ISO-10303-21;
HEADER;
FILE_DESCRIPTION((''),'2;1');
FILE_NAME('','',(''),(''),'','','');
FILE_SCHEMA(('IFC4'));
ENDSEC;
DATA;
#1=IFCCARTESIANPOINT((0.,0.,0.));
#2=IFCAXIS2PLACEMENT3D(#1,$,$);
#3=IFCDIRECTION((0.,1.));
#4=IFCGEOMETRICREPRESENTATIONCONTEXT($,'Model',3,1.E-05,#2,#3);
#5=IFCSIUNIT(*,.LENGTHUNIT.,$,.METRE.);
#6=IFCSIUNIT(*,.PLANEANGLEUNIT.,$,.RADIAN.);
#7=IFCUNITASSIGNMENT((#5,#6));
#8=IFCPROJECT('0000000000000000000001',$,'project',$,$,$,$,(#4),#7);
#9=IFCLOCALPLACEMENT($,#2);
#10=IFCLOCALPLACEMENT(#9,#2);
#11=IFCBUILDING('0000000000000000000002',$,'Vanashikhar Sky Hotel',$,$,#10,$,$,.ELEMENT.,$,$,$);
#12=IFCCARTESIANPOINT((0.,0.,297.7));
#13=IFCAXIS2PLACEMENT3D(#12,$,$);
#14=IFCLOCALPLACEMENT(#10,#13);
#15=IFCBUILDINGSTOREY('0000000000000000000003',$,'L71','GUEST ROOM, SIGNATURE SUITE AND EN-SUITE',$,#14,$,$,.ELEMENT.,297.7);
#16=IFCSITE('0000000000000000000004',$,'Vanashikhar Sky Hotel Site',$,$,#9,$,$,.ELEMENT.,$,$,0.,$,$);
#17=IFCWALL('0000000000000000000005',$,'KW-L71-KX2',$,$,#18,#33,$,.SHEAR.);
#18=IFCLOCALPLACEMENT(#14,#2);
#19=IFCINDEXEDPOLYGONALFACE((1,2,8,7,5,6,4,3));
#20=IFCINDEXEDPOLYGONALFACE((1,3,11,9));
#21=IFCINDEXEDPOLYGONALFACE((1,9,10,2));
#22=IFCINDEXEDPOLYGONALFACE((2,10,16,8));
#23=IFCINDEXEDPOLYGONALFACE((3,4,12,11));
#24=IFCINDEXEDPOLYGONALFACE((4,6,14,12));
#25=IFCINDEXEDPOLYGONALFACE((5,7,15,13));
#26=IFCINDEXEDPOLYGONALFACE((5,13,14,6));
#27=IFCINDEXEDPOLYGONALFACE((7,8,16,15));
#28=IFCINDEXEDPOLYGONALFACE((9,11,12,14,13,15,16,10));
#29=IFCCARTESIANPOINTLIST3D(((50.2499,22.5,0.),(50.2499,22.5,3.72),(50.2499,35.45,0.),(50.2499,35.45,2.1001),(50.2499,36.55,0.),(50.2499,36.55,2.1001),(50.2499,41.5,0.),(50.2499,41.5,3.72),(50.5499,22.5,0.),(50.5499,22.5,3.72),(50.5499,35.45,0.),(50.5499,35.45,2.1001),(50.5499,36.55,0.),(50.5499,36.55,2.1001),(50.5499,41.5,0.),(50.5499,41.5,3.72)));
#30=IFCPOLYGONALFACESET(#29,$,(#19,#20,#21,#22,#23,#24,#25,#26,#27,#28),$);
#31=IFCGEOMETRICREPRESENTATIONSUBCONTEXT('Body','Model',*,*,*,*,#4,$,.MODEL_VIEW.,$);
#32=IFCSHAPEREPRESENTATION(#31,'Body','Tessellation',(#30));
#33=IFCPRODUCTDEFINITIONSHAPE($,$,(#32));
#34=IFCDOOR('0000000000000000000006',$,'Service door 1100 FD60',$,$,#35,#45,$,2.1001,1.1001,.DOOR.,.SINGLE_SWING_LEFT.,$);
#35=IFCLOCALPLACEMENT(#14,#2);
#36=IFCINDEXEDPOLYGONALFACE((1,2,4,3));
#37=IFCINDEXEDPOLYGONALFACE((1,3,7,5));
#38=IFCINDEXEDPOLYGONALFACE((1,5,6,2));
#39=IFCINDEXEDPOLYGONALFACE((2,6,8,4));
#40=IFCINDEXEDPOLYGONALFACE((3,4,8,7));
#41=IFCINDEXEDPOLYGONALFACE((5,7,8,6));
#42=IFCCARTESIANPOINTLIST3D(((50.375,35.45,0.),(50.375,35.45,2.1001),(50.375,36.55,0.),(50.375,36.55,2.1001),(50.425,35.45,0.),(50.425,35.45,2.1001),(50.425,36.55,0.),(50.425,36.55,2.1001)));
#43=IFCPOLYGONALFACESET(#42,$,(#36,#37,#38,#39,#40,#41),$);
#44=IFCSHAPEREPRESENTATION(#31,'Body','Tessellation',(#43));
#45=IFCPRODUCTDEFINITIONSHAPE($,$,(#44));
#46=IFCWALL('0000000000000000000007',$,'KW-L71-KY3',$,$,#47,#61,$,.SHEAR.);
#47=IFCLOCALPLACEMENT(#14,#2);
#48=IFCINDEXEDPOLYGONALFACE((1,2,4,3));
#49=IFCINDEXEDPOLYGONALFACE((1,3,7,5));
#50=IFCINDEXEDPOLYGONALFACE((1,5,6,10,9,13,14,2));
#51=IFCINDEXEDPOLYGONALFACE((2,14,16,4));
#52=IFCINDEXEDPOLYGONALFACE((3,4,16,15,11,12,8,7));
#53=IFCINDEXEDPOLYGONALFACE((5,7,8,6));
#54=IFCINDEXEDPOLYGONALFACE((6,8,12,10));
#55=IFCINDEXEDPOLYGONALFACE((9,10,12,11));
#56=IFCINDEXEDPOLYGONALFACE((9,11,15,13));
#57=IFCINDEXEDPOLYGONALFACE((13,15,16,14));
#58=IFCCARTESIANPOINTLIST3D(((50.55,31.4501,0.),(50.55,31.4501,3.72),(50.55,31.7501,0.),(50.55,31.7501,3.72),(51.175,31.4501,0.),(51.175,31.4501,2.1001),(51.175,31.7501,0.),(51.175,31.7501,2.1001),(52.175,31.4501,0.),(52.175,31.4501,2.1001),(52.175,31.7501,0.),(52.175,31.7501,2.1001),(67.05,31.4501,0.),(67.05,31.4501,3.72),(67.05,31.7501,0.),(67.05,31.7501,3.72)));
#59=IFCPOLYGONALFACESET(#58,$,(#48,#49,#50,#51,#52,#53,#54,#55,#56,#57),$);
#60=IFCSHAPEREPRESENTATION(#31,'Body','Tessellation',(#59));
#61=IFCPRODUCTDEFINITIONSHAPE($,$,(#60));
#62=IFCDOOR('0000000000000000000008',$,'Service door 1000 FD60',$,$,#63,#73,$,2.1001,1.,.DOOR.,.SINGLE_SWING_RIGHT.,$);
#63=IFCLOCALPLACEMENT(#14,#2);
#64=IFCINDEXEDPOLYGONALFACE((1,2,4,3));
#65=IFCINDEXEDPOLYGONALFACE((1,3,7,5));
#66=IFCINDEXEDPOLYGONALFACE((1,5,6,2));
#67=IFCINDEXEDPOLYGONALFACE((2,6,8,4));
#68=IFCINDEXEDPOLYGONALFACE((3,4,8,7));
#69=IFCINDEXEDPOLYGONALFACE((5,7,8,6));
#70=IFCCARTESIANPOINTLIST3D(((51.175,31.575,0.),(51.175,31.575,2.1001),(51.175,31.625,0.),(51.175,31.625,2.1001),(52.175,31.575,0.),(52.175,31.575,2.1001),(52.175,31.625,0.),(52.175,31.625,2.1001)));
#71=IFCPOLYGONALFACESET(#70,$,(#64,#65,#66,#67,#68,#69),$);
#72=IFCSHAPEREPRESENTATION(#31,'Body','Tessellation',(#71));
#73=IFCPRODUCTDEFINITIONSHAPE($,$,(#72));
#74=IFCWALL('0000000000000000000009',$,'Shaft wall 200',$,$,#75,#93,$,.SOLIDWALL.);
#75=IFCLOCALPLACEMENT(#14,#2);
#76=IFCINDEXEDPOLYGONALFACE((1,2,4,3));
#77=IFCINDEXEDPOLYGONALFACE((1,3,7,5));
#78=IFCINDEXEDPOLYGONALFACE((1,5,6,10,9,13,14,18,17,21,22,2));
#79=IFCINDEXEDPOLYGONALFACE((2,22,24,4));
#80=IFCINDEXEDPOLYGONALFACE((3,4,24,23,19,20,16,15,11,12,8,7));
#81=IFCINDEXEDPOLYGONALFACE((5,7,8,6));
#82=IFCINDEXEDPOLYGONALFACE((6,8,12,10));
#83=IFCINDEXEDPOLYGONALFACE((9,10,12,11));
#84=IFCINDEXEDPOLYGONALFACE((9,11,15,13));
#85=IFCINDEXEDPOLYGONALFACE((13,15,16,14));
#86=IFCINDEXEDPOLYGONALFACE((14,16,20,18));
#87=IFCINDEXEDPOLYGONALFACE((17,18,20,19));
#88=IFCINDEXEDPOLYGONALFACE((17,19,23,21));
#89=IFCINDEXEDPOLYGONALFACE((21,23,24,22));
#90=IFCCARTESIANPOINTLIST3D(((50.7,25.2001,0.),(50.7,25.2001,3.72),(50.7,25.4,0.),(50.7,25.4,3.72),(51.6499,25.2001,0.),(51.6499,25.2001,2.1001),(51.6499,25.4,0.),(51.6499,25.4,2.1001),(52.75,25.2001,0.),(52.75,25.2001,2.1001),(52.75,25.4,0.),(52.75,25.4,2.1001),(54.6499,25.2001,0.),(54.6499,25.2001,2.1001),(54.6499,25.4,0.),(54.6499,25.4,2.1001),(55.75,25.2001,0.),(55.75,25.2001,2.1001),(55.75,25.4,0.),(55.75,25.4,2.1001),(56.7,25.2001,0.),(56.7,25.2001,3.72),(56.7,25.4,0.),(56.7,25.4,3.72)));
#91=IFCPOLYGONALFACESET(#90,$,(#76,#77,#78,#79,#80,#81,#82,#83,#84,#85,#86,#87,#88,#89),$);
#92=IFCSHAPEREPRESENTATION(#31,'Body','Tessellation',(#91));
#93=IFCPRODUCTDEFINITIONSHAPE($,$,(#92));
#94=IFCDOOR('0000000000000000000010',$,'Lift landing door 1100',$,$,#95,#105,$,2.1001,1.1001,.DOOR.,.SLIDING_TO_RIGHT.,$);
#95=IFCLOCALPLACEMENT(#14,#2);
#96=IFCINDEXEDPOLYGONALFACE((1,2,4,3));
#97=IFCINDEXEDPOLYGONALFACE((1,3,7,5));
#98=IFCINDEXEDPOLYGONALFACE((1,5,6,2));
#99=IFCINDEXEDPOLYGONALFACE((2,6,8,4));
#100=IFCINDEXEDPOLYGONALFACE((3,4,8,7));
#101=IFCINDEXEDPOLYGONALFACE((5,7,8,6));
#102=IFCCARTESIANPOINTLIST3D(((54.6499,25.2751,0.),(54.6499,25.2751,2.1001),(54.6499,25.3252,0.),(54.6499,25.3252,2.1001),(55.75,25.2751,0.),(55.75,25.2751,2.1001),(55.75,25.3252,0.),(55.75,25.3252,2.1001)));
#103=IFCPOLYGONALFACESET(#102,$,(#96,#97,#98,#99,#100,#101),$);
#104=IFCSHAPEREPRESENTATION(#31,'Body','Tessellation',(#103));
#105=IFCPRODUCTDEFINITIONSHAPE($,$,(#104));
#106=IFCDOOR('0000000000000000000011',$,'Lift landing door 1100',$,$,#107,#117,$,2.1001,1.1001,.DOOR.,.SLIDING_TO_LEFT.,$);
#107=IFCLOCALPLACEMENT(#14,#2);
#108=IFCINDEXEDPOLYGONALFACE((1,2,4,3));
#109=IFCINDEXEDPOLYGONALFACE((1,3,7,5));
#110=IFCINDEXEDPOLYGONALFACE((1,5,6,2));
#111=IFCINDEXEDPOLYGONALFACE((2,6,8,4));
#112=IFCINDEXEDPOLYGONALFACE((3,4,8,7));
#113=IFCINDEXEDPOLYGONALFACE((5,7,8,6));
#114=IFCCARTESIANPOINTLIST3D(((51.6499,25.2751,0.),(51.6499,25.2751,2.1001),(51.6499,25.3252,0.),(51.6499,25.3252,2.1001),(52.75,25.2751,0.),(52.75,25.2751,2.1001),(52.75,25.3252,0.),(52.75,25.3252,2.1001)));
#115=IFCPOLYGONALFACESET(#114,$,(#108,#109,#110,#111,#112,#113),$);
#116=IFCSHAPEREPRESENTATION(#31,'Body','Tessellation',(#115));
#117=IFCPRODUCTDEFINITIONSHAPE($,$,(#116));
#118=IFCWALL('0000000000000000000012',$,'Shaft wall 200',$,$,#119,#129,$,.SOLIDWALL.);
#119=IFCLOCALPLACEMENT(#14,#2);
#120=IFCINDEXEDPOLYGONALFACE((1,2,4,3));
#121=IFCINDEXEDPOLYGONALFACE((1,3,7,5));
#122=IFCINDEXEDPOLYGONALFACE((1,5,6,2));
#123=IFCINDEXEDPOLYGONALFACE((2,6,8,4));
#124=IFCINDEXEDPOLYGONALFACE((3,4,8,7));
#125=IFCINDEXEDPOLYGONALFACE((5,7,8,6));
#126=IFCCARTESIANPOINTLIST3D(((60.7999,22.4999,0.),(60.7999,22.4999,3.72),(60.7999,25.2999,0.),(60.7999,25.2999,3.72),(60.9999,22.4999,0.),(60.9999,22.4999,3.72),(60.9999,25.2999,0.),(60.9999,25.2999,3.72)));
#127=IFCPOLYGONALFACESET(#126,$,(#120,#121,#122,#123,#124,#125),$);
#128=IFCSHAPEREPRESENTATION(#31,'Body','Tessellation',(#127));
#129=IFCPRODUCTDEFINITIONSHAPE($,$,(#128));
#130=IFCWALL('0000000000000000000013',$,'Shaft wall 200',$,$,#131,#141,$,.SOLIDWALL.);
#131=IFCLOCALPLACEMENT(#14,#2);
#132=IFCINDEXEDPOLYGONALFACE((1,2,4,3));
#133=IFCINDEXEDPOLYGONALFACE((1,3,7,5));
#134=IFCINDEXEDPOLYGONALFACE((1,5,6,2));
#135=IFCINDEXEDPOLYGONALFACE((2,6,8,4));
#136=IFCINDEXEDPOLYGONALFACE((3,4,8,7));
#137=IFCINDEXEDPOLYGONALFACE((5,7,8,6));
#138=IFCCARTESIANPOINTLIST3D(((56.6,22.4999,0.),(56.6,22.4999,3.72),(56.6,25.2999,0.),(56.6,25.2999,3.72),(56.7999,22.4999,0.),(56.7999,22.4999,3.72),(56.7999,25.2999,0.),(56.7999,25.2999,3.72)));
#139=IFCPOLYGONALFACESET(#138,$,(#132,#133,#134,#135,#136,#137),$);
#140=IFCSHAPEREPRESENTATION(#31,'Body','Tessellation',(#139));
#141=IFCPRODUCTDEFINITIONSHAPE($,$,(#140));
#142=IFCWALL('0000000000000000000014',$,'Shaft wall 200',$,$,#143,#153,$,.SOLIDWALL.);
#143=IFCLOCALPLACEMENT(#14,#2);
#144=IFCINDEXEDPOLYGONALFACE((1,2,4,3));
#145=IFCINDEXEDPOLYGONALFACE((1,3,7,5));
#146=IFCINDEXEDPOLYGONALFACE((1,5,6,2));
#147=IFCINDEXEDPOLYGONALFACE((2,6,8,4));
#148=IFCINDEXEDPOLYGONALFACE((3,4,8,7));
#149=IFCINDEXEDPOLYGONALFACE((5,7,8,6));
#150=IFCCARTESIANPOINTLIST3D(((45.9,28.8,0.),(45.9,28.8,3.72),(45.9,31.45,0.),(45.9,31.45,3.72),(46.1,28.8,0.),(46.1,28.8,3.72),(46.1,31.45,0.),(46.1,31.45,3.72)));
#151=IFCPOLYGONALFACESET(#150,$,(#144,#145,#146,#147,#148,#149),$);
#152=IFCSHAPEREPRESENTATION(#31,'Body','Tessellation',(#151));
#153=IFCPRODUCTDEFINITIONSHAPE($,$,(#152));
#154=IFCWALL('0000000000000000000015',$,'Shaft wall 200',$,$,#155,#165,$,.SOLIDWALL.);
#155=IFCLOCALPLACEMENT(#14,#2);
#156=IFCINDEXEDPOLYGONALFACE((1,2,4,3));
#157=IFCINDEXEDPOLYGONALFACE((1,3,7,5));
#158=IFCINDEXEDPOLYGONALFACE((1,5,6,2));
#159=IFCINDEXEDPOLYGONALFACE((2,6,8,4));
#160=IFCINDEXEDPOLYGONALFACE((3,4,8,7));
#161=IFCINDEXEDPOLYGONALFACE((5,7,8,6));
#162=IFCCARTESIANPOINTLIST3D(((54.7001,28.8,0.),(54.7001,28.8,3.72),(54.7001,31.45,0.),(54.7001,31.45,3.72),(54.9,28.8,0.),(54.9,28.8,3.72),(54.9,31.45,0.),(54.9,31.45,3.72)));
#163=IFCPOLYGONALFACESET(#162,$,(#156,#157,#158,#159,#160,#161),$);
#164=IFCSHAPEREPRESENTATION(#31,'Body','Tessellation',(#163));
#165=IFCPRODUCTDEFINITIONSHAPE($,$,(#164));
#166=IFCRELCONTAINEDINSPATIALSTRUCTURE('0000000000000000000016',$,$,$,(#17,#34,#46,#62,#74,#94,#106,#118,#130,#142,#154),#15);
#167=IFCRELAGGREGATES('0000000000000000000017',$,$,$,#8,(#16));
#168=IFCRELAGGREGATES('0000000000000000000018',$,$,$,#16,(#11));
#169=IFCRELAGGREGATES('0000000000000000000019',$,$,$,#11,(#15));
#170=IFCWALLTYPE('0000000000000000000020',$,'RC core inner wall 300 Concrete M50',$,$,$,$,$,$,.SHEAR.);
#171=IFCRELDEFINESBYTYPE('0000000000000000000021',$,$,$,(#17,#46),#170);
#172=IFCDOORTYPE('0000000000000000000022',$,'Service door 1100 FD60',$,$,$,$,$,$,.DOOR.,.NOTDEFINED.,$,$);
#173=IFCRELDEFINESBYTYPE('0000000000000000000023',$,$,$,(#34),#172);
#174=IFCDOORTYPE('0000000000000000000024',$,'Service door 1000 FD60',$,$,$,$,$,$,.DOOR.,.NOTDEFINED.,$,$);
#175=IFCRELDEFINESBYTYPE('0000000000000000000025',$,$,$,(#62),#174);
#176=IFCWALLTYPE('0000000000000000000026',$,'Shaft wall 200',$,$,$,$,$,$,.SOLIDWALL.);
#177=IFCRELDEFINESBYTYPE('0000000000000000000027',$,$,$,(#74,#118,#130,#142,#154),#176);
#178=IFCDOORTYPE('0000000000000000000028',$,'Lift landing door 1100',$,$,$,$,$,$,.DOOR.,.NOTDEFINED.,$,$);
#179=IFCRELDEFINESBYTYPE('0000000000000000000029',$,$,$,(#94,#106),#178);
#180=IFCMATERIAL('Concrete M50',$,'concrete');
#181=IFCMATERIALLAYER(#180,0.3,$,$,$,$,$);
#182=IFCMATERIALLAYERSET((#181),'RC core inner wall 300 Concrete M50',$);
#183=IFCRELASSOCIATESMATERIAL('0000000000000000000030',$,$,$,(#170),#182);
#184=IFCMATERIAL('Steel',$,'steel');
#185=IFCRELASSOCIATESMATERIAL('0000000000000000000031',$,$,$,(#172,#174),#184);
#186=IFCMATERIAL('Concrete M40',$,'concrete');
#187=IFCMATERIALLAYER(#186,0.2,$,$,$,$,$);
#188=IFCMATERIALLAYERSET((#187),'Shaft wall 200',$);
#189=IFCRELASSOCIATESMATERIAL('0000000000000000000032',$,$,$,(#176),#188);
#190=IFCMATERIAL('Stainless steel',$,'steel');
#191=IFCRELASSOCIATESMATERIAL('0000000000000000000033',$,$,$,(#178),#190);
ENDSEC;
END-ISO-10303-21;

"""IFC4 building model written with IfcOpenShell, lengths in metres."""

from ifc_helpers import new_model, si_unit, direction, frame, frame_2d, origin, place, context, subcontext, project, spatial, rectangle, extrude, source, transform, mapped, material, layer, layer_set, type_object, element, fill, save


model = new_model("IFC4")

# Units and contexts
model_context = context("Model", 3, precision=1e-05, world=origin(), true_north=direction((0.0, 1.0)))
body_context = subcontext(model_context, "Body", "Model", "MODEL_VIEW")
ifc_project = project(units=[si_unit("LENGTHUNIT", "METRE"), si_unit("PLANEANGLEUNIT", "RADIAN")], contexts=[model_context])

# Site, building, storey
site_placement = place(None, origin())
site = spatial("IfcSite", under=ifc_project, at=site_placement, Name="Vanashikhar Sky Hotel Site", CompositionType="ELEMENT", RefElevation=0.0)
building_placement = place(site_placement, origin())
building = spatial("IfcBuilding", under=site, at=building_placement, Name="Vanashikhar Sky Hotel", CompositionType="ELEMENT")
storey_placement = place(building_placement, frame((0.0, 0.0, 297.7)))
storey = spatial("IfcBuildingStorey", under=building, at=storey_placement, Name="L71", Description="GUEST ROOM, SIGNATURE SUITE AND EN-SUITE", CompositionType="ELEMENT", Elevation=297.7)

# Walls, openings, doors
ifc_material_1 = material(Name="Concrete M50", Category="concrete")
ifc_layer_1 = layer(ifc_material_1, 0.3)
ifc_layer_set_1 = layer_set([ifc_layer_1], Name="RC core inner wall 300 Concrete M50")
wall_type_1 = type_object("IfcWallType", Name="RC core inner wall 300 Concrete M50", PredefinedType="SHEAR", material=ifc_layer_set_1)
shared_shape_1 = source(origin(), body_context, "Body", "SweptSolid", [
    extrude(rectangle(XDim=19.0, YDim=0.3, at=frame_2d((9.5, 0.0))), origin(), (0.0, 0.0, 1.0), 3.72),
])
wall_1_placement = place(storey_placement, frame((50.3999, 22.5, 0.0), z_axis=(0.0, 0.0, 1.0), x_axis=(0.0, 1.0, 0.0)))
wall_1 = element("IfcWall", 1, at=wall_1_placement, inside=storey, type_object=wall_type_1, Name="KW-L71-KX2", PredefinedType="SHEAR", context=body_context, shape_type="MappedRepresentation", body=[
    mapped(shared_shape_1, transform((0.0, 0.0, 0.0), scale=1.0)),
])
shared_shape_2 = source(origin(), body_context, "Body", "SweptSolid", [
    extrude(rectangle(XDim=1.1001, YDim=2.1001, at=frame_2d((0.55, 1.05))), frame((0.0, 0.1602, 0.0), z_axis=(0.0, -1.0, 0.0), x_axis=(1.0, 0.0, 0.0)), (0.0, 0.0, 1.0), 0.3201),
])
opening_1_placement = place(wall_1_placement, frame((12.95, 0.0, 0.0)))
opening_1 = element("IfcOpeningElement", 2, at=opening_1_placement, cuts=wall_1, PredefinedType="OPENING", context=body_context, shape_type="MappedRepresentation", body=[
    mapped(shared_shape_2, transform((0.0, 0.0, 0.0), scale=1.0)),
])
ifc_material_2 = material(Name="Steel", Category="steel")
door_type_1 = type_object("IfcDoorType", Name="Service door 1100 FD60", OperationType="NOTDEFINED", PredefinedType="DOOR", material=ifc_material_2)
shared_shape_3 = source(origin(), body_context, "Body", "SweptSolid", [
    extrude(rectangle(XDim=1.1001, YDim=2.1001, at=frame_2d((0.55, 1.05))), frame((0.0, 0.0249, 0.0), z_axis=(0.0, -1.0, 0.0), x_axis=(1.0, 0.0, 0.0)), (0.0, 0.0, 1.0), 0.05),
])
door_1_placement = place(opening_1_placement, origin())
door_1 = element("IfcDoor", 3, at=door_1_placement, inside=storey, type_object=door_type_1, Name="Service door 1100 FD60", OperationType="SINGLE_SWING_LEFT", OverallHeight=2.1001, OverallWidth=1.1001, PredefinedType="DOOR", context=body_context, shape_type="MappedRepresentation", body=[
    mapped(shared_shape_3, transform((0.0, 0.0, 0.0), scale=1.0)),
])
fill(opening_1, door_1)
shared_shape_4 = source(origin(), body_context, "Body", "SweptSolid", [
    extrude(rectangle(XDim=16.5, YDim=0.3, at=frame_2d((8.25, 0.0))), origin(), (0.0, 0.0, 1.0), 3.72),
])
wall_2_placement = place(storey_placement, frame((50.55, 31.6001, 0.0), z_axis=(0.0, 0.0, 1.0), x_axis=(1.0, 0.0, 0.0)))
wall_2 = element("IfcWall", 4, at=wall_2_placement, inside=storey, type_object=wall_type_1, Name="KW-L71-KY3", PredefinedType="SHEAR", context=body_context, shape_type="MappedRepresentation", body=[
    mapped(shared_shape_4, transform((0.0, 0.0, 0.0), scale=1.0)),
])
shared_shape_5 = source(origin(), body_context, "Body", "SweptSolid", [
    extrude(rectangle(XDim=1.0, YDim=2.1001, at=frame_2d((0.5, 1.05))), frame((0.0, 0.1602, 0.0), z_axis=(0.0, -1.0, 0.0), x_axis=(1.0, 0.0, 0.0)), (0.0, 0.0, 1.0), 0.3201),
])
opening_2_placement = place(wall_2_placement, frame((0.625, 0.0, 0.0)))
opening_2 = element("IfcOpeningElement", 5, at=opening_2_placement, cuts=wall_2, PredefinedType="OPENING", context=body_context, shape_type="MappedRepresentation", body=[
    mapped(shared_shape_5, transform((0.0, 0.0, 0.0), scale=1.0)),
])
door_type_2 = type_object("IfcDoorType", Name="Service door 1000 FD60", OperationType="NOTDEFINED", PredefinedType="DOOR", material=ifc_material_2)
shared_shape_6 = source(origin(), body_context, "Body", "SweptSolid", [
    extrude(rectangle(XDim=1.0, YDim=2.1001, at=frame_2d((0.5, 1.05))), frame((0.0, 0.0249, 0.0), z_axis=(0.0, -1.0, 0.0), x_axis=(1.0, 0.0, 0.0)), (0.0, 0.0, 1.0), 0.05),
])
door_2_placement = place(opening_2_placement, origin())
door_2 = element("IfcDoor", 6, at=door_2_placement, inside=storey, type_object=door_type_2, Name="Service door 1000 FD60", OperationType="SINGLE_SWING_RIGHT", OverallHeight=2.1001, OverallWidth=1.0, PredefinedType="DOOR", context=body_context, shape_type="MappedRepresentation", body=[
    mapped(shared_shape_6, transform((0.0, 0.0, 0.0), scale=1.0)),
])
fill(opening_2, door_2)

# Wall, openings, doors
ifc_material_3 = material(Name="Concrete M40", Category="concrete")
ifc_layer_2 = layer(ifc_material_3, 0.2)
ifc_layer_set_2 = layer_set([ifc_layer_2], Name="Shaft wall 200")
wall_type_2 = type_object("IfcWallType", Name="Shaft wall 200", PredefinedType="SOLIDWALL", material=ifc_layer_set_2)
shared_shape_7 = source(origin(), body_context, "Body", "SweptSolid", [
    extrude(rectangle(XDim=6.0, YDim=0.2, at=frame_2d((3.0, 0.0))), origin(), (0.0, 0.0, 1.0), 3.72),
])
wall_3_placement = place(storey_placement, frame((56.7, 25.3, 0.0), z_axis=(0.0, 0.0, 1.0), x_axis=(-1.0, 0.0, 0.0)))
wall_3 = element("IfcWall", 7, at=wall_3_placement, inside=storey, type_object=wall_type_2, Name="Shaft wall 200", PredefinedType="SOLIDWALL", context=body_context, shape_type="MappedRepresentation", body=[
    mapped(shared_shape_7, transform((0.0, 0.0, 0.0), scale=1.0)),
])
shared_shape_8 = source(origin(), body_context, "Body", "SweptSolid", [
    extrude(rectangle(XDim=1.1001, YDim=2.1001, at=frame_2d((0.55, 1.05))), frame((0.0, 0.1099, 0.0), z_axis=(0.0, -1.0, 0.0), x_axis=(1.0, 0.0, 0.0)), (0.0, 0.0, 1.0), 0.22),
])
opening_3_placement = place(wall_3_placement, frame((0.95, 0.0, 0.0)))
opening_3 = element("IfcOpeningElement", 8, at=opening_3_placement, cuts=wall_3, PredefinedType="OPENING", context=body_context, shape_type="MappedRepresentation", body=[
    mapped(shared_shape_8, transform((0.0, 0.0, 0.0), scale=1.0)),
])
opening_4_placement = place(wall_3_placement, frame((3.95, 0.0, 0.0)))
opening_4 = element("IfcOpeningElement", 9, at=opening_4_placement, cuts=wall_3, PredefinedType="OPENING", context=body_context, shape_type="MappedRepresentation", body=[
    mapped(shared_shape_8, transform((0.0, 0.0, 0.0), scale=1.0)),
])
ifc_material_4 = material(Name="Stainless steel", Category="steel")
door_type_3 = type_object("IfcDoorType", Name="Lift landing door 1100", OperationType="NOTDEFINED", PredefinedType="DOOR", material=ifc_material_4)
door_3_placement = place(opening_3_placement, origin())
door_3 = element("IfcDoor", 10, at=door_3_placement, inside=storey, type_object=door_type_3, Name="Lift landing door 1100", OperationType="SLIDING_TO_RIGHT", OverallHeight=2.1001, OverallWidth=1.1001, PredefinedType="DOOR", context=body_context, shape_type="MappedRepresentation", body=[
    mapped(shared_shape_3, transform((0.0, 0.0, 0.0), scale=1.0)),
])
fill(opening_3, door_3)
door_4_placement = place(opening_4_placement, origin())
door_4 = element("IfcDoor", 11, at=door_4_placement, inside=storey, type_object=door_type_3, Name="Lift landing door 1100", OperationType="SLIDING_TO_LEFT", OverallHeight=2.1001, OverallWidth=1.1001, PredefinedType="DOOR", context=body_context, shape_type="MappedRepresentation", body=[
    mapped(shared_shape_3, transform((0.0, 0.0, 0.0), scale=1.0)),
])
fill(opening_4, door_4)

# Walls
shared_shape_9 = source(origin(), body_context, "Body", "SweptSolid", [
    extrude(rectangle(XDim=2.8, YDim=0.2, at=frame_2d((1.3999, 0.0))), origin(), (0.0, 0.0, 1.0), 3.72),
])
for number, where, z_axis, x_axis, name in (
    (12, (60.8999, 22.5, 0.0), (0.0, 0.0, 1.0), (0.0, 1.0, 0.0), "Shaft wall 200"),
    (13, (56.7, 22.5, 0.0), (0.0, 0.0, 1.0), (0.0, 1.0, 0.0), "Shaft wall 200"),
):
    element("IfcWall", number, at=place(storey_placement, frame(where, z_axis=z_axis, x_axis=x_axis)), inside=storey, type_object=wall_type_2, Name=name, PredefinedType="SOLIDWALL", context=body_context, shape_type="MappedRepresentation", body=[
        mapped(shared_shape_9, transform((0.0, 0.0, 0.0), scale=1.0)),
    ])
shared_shape_10 = source(origin(), body_context, "Body", "SweptSolid", [
    extrude(rectangle(XDim=2.6499, YDim=0.2, at=frame_2d((1.325, 0.0))), origin(), (0.0, 0.0, 1.0), 3.72),
])
for number, where, z_axis, x_axis, name in (
    (14, (46.0, 28.8, 0.0), (0.0, 0.0, 1.0), (0.0, 1.0, 0.0), "Shaft wall 200"),
    (15, (54.8, 28.8, 0.0), (0.0, 0.0, 1.0), (0.0, 1.0, 0.0), "Shaft wall 200"),
):
    element("IfcWall", number, at=place(storey_placement, frame(where, z_axis=z_axis, x_axis=x_axis)), inside=storey, type_object=wall_type_2, Name=name, PredefinedType="SOLIDWALL", context=body_context, shape_type="MappedRepresentation", body=[
        mapped(shared_shape_10, transform((0.0, 0.0, 0.0), scale=1.0)),
    ])

save(model, "model.ifc")
